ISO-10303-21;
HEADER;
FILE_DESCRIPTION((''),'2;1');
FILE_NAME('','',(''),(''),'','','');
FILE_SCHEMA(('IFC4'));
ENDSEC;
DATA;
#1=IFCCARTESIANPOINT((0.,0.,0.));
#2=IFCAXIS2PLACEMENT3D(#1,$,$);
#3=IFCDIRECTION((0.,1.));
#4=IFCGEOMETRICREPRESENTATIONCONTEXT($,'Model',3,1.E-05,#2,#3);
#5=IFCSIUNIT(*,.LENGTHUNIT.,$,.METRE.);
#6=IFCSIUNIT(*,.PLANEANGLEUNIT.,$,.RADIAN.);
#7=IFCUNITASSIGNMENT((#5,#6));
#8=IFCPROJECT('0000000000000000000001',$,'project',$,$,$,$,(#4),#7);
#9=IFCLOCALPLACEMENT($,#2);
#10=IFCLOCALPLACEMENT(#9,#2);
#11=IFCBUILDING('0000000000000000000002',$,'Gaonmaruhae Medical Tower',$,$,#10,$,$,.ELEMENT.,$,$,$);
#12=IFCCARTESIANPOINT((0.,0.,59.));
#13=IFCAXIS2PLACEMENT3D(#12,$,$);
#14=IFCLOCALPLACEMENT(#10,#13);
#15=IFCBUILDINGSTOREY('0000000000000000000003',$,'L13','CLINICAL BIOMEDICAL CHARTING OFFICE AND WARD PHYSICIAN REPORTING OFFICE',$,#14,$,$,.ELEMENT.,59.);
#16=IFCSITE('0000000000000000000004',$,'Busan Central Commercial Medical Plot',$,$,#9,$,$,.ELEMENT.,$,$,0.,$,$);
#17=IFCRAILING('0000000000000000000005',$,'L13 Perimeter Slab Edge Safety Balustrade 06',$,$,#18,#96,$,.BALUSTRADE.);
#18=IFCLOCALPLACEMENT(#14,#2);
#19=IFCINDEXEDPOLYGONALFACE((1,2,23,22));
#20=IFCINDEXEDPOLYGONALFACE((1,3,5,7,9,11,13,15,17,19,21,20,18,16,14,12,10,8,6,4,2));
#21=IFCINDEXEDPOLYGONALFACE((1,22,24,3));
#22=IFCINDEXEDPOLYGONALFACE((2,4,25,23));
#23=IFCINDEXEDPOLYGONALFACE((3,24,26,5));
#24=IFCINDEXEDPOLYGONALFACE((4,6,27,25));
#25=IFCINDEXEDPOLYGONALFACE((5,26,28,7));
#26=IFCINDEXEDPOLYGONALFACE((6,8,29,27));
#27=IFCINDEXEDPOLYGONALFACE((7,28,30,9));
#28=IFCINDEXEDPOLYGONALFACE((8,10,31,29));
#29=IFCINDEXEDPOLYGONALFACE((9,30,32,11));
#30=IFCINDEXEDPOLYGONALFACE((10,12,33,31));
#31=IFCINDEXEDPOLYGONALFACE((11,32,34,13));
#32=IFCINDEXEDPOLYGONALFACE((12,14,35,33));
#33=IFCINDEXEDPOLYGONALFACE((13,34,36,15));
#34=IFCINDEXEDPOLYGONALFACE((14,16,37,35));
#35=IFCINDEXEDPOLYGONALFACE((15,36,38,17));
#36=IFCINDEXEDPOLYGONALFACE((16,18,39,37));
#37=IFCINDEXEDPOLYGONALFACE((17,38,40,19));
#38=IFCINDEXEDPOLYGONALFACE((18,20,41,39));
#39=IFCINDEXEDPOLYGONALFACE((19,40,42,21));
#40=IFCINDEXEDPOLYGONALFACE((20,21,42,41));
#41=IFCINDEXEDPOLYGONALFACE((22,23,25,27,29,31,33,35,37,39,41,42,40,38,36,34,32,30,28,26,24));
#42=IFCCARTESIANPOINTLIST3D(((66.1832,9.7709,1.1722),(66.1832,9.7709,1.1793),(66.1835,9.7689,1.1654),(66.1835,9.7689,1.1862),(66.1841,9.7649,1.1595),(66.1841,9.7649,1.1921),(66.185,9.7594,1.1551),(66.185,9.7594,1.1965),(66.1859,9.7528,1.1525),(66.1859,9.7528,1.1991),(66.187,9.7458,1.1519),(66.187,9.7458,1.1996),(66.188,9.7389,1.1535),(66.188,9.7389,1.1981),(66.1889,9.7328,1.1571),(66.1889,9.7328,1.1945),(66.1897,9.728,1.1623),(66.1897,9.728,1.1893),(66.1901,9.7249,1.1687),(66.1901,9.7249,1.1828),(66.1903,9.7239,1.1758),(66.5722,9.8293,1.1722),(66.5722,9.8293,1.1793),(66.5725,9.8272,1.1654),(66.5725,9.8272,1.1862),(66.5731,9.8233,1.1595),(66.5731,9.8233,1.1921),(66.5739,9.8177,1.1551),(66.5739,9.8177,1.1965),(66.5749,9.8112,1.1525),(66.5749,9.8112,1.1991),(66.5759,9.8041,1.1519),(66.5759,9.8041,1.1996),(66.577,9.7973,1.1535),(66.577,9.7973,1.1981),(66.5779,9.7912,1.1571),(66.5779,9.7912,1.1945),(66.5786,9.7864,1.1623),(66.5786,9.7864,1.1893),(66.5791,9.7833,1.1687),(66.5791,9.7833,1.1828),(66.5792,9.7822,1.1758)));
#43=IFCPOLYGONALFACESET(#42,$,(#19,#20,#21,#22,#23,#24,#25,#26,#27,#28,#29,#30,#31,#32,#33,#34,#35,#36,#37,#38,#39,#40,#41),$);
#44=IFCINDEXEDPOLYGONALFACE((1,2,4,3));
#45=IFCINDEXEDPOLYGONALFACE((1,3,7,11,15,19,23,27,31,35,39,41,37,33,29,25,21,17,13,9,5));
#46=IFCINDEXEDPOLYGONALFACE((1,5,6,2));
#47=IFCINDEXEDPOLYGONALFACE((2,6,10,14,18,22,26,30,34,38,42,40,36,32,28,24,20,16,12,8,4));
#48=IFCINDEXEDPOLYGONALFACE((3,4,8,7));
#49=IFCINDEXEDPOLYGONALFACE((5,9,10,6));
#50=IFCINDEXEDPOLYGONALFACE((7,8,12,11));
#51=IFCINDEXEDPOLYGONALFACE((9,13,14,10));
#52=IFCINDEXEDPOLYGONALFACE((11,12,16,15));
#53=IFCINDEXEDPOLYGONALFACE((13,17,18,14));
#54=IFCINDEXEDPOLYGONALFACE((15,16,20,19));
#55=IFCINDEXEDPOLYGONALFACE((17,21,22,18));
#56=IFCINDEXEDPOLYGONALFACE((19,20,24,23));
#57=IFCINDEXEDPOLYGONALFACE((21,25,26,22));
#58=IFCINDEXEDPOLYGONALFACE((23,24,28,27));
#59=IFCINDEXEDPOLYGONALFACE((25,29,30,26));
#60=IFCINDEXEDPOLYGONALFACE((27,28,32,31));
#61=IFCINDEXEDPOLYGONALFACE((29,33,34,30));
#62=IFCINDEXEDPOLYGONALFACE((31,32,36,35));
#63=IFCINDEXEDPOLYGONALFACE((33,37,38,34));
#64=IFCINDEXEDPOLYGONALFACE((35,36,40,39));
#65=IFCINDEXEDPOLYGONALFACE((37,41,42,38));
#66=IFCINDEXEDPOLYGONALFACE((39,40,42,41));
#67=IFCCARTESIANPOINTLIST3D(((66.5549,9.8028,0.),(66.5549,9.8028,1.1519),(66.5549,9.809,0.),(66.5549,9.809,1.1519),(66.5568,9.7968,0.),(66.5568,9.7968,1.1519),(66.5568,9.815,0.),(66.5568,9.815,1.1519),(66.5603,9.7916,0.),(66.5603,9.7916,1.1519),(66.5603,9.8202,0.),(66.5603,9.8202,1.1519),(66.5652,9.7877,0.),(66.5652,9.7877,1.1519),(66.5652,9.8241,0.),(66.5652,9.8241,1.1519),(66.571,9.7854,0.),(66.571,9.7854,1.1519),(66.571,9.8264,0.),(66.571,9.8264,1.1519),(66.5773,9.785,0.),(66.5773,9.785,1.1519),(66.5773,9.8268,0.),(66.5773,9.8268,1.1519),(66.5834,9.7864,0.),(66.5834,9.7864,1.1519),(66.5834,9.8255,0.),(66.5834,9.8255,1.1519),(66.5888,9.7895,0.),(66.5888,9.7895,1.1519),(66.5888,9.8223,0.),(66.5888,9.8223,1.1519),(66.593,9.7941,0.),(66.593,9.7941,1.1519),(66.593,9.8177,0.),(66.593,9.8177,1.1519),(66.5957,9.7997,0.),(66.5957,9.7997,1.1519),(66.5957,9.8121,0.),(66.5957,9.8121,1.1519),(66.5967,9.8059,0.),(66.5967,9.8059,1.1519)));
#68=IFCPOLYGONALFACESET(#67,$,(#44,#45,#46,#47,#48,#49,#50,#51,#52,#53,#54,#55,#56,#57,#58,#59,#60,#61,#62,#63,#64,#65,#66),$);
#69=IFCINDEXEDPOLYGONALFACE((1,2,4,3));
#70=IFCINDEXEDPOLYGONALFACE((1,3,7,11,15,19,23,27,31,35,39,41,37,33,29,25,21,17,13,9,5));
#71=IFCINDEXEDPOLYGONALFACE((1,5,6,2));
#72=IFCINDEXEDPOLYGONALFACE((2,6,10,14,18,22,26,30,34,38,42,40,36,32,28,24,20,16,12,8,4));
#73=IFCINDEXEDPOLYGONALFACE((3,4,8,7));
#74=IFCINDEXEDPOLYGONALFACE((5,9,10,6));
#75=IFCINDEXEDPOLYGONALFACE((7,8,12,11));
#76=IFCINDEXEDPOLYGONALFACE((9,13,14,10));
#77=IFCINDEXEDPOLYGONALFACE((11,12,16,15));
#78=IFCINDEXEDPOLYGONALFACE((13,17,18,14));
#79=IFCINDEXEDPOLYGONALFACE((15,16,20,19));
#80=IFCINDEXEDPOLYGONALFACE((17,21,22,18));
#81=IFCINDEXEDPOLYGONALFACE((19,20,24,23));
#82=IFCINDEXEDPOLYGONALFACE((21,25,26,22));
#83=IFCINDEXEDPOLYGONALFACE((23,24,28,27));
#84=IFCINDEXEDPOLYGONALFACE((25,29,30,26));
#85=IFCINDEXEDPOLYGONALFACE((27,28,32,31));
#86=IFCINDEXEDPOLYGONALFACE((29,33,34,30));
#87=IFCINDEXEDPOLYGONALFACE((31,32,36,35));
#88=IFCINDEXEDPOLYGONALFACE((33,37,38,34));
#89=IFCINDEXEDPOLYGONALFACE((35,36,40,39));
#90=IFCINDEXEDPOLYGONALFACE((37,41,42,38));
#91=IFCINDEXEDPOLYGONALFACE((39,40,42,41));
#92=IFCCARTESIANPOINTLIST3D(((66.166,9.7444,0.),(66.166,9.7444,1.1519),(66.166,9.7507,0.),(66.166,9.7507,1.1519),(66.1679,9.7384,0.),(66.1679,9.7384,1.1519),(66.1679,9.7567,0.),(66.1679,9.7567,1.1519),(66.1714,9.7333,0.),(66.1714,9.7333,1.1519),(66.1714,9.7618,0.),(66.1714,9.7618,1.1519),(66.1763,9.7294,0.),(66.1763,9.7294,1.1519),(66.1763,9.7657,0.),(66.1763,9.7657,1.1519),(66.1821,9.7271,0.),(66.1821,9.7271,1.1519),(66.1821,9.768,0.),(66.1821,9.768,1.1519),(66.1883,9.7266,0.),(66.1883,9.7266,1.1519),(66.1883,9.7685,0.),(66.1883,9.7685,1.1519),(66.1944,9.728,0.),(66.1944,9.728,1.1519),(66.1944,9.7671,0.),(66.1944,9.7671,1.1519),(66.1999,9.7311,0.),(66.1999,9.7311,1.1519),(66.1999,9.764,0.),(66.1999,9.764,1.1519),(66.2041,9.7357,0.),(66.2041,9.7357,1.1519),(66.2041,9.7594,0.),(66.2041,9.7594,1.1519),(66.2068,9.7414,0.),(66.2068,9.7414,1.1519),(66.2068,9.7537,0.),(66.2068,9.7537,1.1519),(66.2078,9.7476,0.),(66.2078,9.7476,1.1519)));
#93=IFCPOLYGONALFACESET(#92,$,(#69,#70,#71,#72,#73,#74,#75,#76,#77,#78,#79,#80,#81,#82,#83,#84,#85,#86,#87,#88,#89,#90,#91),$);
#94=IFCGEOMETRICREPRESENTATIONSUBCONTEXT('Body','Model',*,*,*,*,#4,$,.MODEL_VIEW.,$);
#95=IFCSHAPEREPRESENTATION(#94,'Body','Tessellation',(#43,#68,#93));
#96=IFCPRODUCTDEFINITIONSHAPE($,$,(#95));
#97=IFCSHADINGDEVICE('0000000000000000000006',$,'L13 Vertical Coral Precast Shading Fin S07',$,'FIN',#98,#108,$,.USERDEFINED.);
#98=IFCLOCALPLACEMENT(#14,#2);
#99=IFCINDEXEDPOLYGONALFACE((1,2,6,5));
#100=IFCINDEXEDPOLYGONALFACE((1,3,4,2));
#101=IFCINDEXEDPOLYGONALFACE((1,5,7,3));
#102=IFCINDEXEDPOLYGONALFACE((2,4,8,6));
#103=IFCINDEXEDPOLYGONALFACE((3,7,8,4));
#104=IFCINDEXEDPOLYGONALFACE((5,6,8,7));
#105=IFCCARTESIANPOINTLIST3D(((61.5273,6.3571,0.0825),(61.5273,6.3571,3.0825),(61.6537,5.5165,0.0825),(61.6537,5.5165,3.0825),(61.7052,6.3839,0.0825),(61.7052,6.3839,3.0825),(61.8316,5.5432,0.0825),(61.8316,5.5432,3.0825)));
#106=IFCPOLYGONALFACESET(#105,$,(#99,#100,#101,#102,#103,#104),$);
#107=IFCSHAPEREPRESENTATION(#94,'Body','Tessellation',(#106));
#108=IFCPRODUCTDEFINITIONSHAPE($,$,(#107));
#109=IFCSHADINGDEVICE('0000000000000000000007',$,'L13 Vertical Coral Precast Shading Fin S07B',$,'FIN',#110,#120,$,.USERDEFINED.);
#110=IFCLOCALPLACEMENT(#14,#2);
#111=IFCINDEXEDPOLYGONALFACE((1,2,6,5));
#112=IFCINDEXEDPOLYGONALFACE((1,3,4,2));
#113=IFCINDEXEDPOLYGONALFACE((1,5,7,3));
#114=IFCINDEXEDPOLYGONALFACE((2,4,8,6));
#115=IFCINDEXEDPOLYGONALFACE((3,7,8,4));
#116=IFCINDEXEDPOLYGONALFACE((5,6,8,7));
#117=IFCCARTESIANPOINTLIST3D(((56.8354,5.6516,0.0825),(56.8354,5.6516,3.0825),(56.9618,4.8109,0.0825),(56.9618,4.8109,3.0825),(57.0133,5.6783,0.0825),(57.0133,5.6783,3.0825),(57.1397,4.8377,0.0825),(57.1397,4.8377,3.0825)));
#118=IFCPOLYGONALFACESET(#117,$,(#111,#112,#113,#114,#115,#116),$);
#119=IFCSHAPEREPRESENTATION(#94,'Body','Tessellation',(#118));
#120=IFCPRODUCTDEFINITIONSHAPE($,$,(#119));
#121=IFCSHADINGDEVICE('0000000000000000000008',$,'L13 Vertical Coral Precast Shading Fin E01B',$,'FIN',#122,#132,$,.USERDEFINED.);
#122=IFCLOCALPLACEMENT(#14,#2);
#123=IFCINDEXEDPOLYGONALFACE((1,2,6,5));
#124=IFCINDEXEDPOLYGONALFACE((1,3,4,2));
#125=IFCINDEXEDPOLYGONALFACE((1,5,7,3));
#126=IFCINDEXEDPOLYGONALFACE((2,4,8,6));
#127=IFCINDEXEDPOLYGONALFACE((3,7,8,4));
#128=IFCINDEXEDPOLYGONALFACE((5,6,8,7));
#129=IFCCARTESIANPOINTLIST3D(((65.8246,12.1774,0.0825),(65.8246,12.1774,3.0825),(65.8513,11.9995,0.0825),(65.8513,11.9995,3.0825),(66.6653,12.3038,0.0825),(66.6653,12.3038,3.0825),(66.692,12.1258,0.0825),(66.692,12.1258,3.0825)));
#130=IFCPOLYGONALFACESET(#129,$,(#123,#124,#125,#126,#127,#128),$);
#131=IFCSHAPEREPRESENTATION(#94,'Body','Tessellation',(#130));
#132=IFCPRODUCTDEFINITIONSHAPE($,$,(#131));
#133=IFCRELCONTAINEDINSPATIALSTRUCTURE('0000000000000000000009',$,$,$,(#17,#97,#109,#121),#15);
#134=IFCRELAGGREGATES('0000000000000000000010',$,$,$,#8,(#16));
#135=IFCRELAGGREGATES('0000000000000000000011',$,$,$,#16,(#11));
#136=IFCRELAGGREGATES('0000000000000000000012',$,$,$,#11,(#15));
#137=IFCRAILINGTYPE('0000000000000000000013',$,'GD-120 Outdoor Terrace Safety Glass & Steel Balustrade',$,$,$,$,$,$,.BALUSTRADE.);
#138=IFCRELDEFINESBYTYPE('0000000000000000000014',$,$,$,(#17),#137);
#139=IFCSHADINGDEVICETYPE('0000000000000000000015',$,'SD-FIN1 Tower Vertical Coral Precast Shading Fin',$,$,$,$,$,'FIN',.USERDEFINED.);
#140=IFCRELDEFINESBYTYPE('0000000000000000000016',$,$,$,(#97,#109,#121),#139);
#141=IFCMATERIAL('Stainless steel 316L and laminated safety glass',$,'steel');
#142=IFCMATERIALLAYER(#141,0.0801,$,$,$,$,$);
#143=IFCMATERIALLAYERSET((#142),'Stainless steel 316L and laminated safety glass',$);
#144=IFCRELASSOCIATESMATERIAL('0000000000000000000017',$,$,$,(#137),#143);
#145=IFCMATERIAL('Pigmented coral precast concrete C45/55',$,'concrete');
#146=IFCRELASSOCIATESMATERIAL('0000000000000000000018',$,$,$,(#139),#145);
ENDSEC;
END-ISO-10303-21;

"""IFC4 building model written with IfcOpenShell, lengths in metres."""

from ifc_helpers import new_model, si_unit, direction, frame, origin, origin_2d, place, context, subcontext, project, spatial, rectangle, circle, extrude, material, layer, layer_set, type_object, element, save


model = new_model("IFC4")

# Units and contexts
model_context = context("Model", 3, precision=1e-05, world=origin(), true_north=direction((0.0, 1.0)))
body_context = subcontext(model_context, "Body", "Model", "MODEL_VIEW")
ifc_project = project(units=[si_unit("LENGTHUNIT", "METRE"), si_unit("PLANEANGLEUNIT", "RADIAN")], contexts=[model_context])

# Site, building, storey
site_placement = place(None, origin())
site = spatial("IfcSite", under=ifc_project, at=site_placement, Name="Busan Central Commercial Medical Plot", CompositionType="ELEMENT", RefElevation=0.0)
building_placement = place(site_placement, origin())
building = spatial("IfcBuilding", under=site, at=building_placement, Name="Gaonmaruhae Medical Tower", CompositionType="ELEMENT")
storey_placement = place(building_placement, frame((0.0, 0.0, 59.0)))
storey = spatial("IfcBuildingStorey", under=building, at=storey_placement, Name="L13", Description="CLINICAL BIOMEDICAL CHARTING OFFICE AND WARD PHYSICIAN REPORTING OFFICE", CompositionType="ELEMENT", Elevation=59.0)

# Railing
ifc_material_1 = material(Name="Stainless steel 316L and laminated safety glass", Category="steel")
ifc_layer_1 = layer(ifc_material_1, 0.0801)
ifc_layer_set_1 = layer_set([ifc_layer_1], Name="Stainless steel 316L and laminated safety glass")
railing_type = type_object("IfcRailingType", Name="GD-120 Outdoor Terrace Safety Glass & Steel Balustrade", PredefinedType="BALUSTRADE", material=ifc_layer_set_1)
railing_placement = place(storey_placement, frame((66.5757, 9.8059, 0.0)))
element("IfcRailing", 1, at=railing_placement, inside=storey, type_object=railing_type, Name="L13 Perimeter Slab Edge Safety Balustrade 06", PredefinedType="BALUSTRADE", context=body_context, shape_type="SweptSolid", body=[
    extrude(circle(Radius=0.0239, at=origin_2d()), frame((0.0, 0.0, 1.1758), z_axis=(-0.988932, -0.148371, 0.0), x_axis=(0.148371, -0.988932, 0.0)), (0.0, 0.0, 1.0), 0.3933),
    extrude(circle(Radius=0.021, at=origin_2d()), origin(), (0.0, 0.0, 1.0), 1.1519),
    extrude(circle(Radius=0.021, at=origin_2d()), frame((-0.3889, -0.0583, 0.0)), (0.0, 0.0, 1.0), 1.1519),
])

# Shading devices
ifc_material_2 = material(Name="Pigmented coral precast concrete C45/55", Category="concrete")
shading_device_type = type_object("IfcShadingDeviceType", Name="SD-FIN1 Tower Vertical Coral Precast Shading Fin", ElementType="FIN", PredefinedType="USERDEFINED", material=ifc_material_2)
for number, where, z_axis, x_axis, name in (
    (2, (61.6794, 5.9502, 0.0825), (0.0, 0.0, 1.0), (-0.988886, -0.148672, 0.0), "L13 Vertical Coral Precast Shading Fin S07"),
    (3, (56.9875, 5.2446, 0.0825), (0.0, 0.0, 1.0), (-0.988886, -0.148672, 0.0), "L13 Vertical Coral Precast Shading Fin S07B"),
    (4, (66.2583, 12.1516, 0.0825), (0.0, 0.0, 1.0), (0.148655, -0.988889, 0.0), "L13 Vertical Coral Precast Shading Fin E01B"),
):
    element("IfcShadingDevice", number, at=place(storey_placement, frame(where, z_axis=z_axis, x_axis=x_axis)), inside=storey, type_object=shading_device_type, Name=name, ObjectType="FIN", PredefinedType="USERDEFINED", context=body_context, shape_type="SweptSolid", body=[
        extrude(rectangle(XDim=0.1799, YDim=0.8501, at=origin_2d()), origin(), (0.0, 0.0, 1.0), 3.0),
    ])

save(model, "model.ifc")
